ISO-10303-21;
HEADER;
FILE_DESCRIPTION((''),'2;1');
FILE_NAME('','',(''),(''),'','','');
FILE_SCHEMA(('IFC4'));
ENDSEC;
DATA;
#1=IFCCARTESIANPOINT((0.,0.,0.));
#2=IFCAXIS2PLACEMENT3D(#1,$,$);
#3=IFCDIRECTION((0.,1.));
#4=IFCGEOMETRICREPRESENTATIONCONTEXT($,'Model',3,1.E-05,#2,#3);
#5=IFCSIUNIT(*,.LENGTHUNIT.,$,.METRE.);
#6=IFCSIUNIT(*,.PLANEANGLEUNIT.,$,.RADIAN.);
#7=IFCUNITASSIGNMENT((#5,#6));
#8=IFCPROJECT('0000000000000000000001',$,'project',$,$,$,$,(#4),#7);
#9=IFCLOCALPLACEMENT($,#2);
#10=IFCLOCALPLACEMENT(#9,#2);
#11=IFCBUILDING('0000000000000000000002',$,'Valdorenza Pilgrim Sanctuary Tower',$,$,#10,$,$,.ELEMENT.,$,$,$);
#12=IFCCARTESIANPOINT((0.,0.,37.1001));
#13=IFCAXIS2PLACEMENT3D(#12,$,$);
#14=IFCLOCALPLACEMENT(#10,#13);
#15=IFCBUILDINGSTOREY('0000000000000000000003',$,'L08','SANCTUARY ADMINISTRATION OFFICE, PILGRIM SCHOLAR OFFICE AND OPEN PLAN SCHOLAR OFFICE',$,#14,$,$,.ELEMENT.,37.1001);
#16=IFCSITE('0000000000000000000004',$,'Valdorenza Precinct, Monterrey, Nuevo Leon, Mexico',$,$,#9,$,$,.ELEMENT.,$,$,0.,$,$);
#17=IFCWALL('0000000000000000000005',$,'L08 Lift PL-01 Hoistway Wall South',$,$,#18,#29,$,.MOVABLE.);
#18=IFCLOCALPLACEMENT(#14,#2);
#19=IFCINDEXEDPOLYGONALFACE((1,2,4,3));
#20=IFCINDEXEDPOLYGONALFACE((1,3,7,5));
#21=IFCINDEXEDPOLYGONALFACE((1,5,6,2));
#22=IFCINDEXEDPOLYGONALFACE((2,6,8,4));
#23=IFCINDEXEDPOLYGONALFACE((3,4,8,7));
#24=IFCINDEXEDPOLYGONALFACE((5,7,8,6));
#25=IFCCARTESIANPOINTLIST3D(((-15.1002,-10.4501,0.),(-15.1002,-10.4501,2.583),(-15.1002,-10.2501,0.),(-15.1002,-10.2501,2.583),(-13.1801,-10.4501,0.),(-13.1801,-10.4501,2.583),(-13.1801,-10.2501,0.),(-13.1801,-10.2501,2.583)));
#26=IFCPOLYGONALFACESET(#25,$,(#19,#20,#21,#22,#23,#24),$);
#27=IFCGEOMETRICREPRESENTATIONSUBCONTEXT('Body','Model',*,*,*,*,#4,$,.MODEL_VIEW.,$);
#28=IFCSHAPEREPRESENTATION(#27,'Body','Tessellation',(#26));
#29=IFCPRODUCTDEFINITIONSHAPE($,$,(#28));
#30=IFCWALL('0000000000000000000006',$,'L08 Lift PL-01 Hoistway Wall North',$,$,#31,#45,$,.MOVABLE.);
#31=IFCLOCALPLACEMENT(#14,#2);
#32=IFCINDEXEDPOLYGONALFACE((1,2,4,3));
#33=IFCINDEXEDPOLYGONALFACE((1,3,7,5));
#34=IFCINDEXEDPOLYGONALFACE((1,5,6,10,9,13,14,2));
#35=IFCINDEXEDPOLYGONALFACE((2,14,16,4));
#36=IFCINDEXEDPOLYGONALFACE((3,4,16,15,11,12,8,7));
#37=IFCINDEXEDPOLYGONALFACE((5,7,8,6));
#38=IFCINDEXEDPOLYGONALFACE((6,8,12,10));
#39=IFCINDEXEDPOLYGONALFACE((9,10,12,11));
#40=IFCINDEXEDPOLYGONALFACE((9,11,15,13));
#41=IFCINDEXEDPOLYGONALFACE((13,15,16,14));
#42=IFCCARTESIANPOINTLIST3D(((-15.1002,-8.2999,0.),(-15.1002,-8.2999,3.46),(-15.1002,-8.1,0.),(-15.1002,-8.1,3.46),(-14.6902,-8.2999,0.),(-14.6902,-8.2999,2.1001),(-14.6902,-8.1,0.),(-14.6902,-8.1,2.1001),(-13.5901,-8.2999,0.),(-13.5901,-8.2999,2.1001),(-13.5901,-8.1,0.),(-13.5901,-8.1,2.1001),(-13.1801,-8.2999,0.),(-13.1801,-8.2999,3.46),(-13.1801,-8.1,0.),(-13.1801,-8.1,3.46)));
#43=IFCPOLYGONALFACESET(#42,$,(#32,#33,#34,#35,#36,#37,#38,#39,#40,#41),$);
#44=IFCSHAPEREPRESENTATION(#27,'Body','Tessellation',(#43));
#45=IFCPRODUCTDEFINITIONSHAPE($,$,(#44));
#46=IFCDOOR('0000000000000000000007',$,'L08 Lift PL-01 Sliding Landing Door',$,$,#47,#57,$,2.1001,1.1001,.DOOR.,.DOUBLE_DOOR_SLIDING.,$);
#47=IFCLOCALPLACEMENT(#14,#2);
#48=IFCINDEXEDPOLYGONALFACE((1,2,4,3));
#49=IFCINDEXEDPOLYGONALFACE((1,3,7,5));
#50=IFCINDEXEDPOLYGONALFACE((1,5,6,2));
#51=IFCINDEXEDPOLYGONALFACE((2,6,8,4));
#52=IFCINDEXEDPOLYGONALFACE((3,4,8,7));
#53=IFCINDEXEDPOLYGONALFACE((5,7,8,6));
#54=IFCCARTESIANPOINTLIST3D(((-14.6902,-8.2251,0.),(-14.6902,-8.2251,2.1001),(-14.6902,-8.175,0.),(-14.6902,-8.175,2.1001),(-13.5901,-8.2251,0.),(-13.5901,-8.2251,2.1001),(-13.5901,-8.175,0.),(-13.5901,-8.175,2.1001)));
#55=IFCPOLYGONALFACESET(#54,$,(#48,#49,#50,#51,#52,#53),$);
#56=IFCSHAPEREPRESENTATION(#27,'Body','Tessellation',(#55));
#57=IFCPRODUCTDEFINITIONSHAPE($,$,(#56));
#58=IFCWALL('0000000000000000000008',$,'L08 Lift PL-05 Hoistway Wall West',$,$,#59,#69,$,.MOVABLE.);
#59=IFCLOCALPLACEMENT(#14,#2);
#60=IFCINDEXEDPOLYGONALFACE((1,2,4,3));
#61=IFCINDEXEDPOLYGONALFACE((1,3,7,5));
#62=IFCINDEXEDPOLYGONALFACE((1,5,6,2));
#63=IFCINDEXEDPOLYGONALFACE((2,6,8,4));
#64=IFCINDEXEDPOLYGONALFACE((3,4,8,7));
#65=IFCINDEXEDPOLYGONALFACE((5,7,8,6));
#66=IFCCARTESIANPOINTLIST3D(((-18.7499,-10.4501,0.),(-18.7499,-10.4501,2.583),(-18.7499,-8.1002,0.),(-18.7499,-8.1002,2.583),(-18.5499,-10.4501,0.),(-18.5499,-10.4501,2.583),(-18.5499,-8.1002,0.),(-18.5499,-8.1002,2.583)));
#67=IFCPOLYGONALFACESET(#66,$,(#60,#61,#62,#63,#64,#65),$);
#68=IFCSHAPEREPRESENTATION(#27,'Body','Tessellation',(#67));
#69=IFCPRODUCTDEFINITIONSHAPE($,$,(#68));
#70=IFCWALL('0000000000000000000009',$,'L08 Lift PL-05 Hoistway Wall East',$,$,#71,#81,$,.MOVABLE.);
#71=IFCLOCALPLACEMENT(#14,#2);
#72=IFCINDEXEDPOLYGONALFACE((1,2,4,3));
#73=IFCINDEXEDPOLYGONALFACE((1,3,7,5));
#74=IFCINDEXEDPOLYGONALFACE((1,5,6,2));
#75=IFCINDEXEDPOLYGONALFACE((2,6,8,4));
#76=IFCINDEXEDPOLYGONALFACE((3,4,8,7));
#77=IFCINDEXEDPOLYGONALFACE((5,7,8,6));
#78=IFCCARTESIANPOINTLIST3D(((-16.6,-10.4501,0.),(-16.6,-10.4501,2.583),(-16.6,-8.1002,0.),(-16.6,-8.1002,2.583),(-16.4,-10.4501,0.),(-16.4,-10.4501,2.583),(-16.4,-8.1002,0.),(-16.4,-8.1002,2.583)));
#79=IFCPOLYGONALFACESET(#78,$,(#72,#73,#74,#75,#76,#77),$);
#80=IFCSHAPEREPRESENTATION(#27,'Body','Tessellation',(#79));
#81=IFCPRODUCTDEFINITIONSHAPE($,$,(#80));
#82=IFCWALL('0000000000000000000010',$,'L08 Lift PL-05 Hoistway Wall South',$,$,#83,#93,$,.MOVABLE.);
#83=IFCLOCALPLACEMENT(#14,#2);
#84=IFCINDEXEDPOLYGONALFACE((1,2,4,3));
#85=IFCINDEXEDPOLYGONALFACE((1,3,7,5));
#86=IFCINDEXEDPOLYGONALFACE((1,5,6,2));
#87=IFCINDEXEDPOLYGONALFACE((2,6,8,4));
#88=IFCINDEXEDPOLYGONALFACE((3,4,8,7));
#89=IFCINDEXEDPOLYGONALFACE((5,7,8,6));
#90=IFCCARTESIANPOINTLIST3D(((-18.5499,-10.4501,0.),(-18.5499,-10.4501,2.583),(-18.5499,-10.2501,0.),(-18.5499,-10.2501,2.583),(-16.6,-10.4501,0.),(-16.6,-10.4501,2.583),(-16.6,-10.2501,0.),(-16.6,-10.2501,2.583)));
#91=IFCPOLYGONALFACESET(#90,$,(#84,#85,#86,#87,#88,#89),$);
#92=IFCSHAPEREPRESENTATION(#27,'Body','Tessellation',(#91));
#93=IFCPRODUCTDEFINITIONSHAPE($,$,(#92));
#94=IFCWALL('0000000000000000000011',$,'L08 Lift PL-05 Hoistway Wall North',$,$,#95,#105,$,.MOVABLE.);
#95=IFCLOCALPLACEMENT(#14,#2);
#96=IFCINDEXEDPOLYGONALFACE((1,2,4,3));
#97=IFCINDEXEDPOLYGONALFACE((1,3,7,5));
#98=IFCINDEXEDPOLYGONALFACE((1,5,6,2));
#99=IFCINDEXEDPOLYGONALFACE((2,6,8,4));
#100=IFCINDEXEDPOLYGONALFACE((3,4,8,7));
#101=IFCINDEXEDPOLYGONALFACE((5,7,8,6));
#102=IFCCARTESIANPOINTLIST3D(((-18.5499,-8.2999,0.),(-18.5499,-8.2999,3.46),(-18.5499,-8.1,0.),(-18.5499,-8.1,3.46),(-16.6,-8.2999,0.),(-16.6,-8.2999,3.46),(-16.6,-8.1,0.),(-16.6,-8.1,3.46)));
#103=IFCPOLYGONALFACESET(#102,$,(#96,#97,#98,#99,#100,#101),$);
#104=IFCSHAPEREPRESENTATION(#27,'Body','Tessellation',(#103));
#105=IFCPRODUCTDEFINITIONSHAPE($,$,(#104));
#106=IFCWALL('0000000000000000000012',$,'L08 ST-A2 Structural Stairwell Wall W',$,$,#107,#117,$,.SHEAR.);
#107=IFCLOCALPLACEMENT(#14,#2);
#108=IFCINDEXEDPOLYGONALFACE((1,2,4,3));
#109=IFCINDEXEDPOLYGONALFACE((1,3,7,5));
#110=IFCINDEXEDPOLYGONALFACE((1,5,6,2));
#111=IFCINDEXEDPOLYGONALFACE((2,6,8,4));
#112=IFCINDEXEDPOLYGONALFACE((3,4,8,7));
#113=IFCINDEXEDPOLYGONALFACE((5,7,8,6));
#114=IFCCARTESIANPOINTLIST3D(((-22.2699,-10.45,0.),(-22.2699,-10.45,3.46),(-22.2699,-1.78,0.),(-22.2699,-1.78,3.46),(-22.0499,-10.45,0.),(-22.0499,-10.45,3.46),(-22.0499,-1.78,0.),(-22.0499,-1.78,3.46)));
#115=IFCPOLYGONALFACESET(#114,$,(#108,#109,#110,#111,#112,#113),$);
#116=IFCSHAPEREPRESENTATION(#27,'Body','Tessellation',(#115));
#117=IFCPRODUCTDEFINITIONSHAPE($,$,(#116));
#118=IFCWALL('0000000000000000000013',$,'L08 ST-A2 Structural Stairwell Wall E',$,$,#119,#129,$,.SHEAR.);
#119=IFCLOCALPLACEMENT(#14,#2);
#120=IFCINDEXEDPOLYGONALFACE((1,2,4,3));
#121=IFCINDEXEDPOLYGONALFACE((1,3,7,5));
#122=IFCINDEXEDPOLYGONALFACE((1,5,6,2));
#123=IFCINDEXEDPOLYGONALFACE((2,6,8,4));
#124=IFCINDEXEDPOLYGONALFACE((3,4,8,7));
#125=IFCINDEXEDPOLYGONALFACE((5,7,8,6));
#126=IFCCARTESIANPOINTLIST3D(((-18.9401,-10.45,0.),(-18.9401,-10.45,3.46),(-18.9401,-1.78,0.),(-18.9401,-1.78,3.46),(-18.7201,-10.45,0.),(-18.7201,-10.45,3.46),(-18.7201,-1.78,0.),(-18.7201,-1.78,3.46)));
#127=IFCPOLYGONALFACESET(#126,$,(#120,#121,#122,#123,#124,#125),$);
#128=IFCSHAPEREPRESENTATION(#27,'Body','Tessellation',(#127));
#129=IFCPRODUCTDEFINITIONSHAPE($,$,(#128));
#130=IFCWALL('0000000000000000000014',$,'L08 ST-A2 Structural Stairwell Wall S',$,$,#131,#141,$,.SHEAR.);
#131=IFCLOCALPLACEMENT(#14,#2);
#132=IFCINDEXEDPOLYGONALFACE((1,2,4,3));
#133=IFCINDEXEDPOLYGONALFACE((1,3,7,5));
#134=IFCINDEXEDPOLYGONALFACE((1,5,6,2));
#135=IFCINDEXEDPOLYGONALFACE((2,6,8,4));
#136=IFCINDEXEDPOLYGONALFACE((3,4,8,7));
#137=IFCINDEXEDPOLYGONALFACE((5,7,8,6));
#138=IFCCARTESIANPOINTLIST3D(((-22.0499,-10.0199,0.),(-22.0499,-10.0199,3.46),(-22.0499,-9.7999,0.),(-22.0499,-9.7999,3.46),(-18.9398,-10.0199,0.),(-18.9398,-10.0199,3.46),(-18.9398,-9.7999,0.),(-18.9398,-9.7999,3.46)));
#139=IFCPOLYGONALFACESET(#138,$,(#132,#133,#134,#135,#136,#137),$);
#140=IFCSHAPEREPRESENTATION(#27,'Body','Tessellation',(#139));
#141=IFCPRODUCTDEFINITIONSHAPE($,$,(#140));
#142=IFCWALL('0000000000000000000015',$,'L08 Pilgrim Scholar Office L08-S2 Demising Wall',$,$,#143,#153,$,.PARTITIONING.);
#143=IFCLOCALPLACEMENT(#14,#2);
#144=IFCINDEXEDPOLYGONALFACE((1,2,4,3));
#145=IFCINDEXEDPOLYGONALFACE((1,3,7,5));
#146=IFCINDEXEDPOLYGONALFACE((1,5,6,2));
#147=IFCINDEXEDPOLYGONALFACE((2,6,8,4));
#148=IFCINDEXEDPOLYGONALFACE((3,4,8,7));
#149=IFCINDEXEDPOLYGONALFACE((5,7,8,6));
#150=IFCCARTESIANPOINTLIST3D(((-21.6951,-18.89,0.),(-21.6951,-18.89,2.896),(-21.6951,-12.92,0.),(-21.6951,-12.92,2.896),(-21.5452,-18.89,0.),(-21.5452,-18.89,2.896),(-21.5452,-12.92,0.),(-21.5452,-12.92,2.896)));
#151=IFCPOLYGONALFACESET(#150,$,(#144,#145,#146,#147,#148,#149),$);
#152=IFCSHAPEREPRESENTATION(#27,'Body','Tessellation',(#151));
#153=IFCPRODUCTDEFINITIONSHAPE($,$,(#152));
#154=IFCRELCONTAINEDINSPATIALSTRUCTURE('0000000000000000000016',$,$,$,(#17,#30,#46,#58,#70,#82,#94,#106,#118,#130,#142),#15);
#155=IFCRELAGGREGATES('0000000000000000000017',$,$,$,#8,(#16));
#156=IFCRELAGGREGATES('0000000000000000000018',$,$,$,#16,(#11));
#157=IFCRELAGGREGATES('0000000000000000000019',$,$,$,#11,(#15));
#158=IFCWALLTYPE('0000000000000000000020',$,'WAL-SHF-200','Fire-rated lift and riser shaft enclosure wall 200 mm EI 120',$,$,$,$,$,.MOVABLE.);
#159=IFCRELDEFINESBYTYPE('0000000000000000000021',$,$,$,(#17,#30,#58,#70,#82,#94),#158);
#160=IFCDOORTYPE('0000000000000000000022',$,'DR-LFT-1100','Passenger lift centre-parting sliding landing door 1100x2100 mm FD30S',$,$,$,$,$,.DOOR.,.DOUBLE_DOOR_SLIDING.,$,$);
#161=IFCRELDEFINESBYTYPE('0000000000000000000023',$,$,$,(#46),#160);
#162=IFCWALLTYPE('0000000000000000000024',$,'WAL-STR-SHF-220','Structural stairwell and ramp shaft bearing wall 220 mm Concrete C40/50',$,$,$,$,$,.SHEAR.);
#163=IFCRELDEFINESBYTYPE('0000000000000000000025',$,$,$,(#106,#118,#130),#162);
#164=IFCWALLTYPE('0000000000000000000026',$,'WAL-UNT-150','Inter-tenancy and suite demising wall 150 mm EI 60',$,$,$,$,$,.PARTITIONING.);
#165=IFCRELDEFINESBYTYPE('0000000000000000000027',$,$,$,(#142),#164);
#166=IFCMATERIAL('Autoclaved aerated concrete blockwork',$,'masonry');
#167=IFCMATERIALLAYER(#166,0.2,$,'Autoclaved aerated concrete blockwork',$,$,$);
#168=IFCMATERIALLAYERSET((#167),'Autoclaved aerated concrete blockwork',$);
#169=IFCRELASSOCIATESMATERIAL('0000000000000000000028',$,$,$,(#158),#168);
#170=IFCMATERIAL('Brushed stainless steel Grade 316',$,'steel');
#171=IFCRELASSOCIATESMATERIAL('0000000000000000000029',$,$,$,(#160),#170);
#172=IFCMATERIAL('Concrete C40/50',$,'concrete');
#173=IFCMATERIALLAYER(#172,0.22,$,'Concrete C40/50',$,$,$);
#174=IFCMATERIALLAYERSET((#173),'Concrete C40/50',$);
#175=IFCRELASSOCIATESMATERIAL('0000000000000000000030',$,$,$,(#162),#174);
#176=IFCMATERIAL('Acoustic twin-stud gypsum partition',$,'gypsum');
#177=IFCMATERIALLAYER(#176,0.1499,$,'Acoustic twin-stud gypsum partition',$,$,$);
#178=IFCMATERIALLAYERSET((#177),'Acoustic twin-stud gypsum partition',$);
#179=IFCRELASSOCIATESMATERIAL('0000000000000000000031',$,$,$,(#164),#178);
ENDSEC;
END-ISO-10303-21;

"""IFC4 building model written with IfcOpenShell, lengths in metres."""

from ifc_helpers import new_model, si_unit, direction, frame, frame_2d, origin, place, context, subcontext, project, spatial, rectangle, extrude, material, layer, layer_set, type_object, element, fill, save


model = new_model("IFC4")

# Units and contexts
model_context = context("Model", 3, precision=1e-05, world=origin(), true_north=direction((0.0, 1.0)))
body_context = subcontext(model_context, "Body", "Model", "MODEL_VIEW")
ifc_project = project(units=[si_unit("LENGTHUNIT", "METRE"), si_unit("PLANEANGLEUNIT", "RADIAN")], contexts=[model_context])

# Site, building, storey
site_placement = place(None, origin())
site = spatial("IfcSite", under=ifc_project, at=site_placement, Name="Valdorenza Precinct, Monterrey, Nuevo Leon, Mexico", CompositionType="ELEMENT", RefElevation=0.0)
building_placement = place(site_placement, origin())
building = spatial("IfcBuilding", under=site, at=building_placement, Name="Valdorenza Pilgrim Sanctuary Tower", CompositionType="ELEMENT")
storey_placement = place(building_placement, frame((0.0, 0.0, 37.1001)))
storey = spatial("IfcBuildingStorey", under=building, at=storey_placement, Name="L08", Description="SANCTUARY ADMINISTRATION OFFICE, PILGRIM SCHOLAR OFFICE AND OPEN PLAN SCHOLAR OFFICE", CompositionType="ELEMENT", Elevation=37.1001)

# Shared definitions
ifc_material_1 = material(Name="Acoustic twin-stud gypsum partition", Category="gypsum")

# Wall
ifc_material_2 = material(Name="Autoclaved aerated concrete blockwork", Category="masonry")
ifc_layer_1 = layer(ifc_material_2, 0.2, Name="Autoclaved aerated concrete blockwork")
ifc_layer_set_1 = layer_set([ifc_layer_1], Name="Autoclaved aerated concrete blockwork")
wall_type_1 = type_object("IfcWallType", Name="WAL-SHF-200", Description="Fire-rated lift and riser shaft enclosure wall 200 mm EI 120", PredefinedType="MOVABLE", material=ifc_layer_set_1)
wall_1_placement = place(storey_placement, frame((-15.1001, -10.3501, 0.0), z_axis=(0.0, 0.0, 1.0), x_axis=(1.0, 0.0, 0.0)))
element("IfcWall", 1, at=wall_1_placement, inside=storey, type_object=wall_type_1, Name="L08 Lift PL-01 Hoistway Wall South", PredefinedType="MOVABLE", context=body_context, shape_type="SweptSolid", body=[
    extrude(rectangle(XDim=1.9202, YDim=0.2, at=frame_2d((0.96, 0.0))), origin(), (0.0, 0.0, 1.0), 2.583),
])

# Wall, opening, door
wall_2_placement = place(storey_placement, frame((-15.1001, -8.2, 0.0), z_axis=(0.0, 0.0, 1.0), x_axis=(1.0, 0.0, 0.0)))
wall_2 = element("IfcWall", 2, at=wall_2_placement, inside=storey, type_object=wall_type_1, Name="L08 Lift PL-01 Hoistway Wall North", PredefinedType="MOVABLE", context=body_context, shape_type="SweptSolid", body=[
    extrude(rectangle(XDim=1.9202, YDim=0.2, at=frame_2d((0.96, 0.0))), origin(), (0.0, 0.0, 1.0), 3.46),
])
opening_1_placement = place(wall_2_placement, frame((0.4099, 0.0, 0.0)))
opening_1 = element("IfcOpeningElement", 3, at=opening_1_placement, cuts=wall_2, PredefinedType="OPENING", context=body_context, shape_type="SweptSolid", body=[
    extrude(rectangle(XDim=1.1001, YDim=2.1001, at=frame_2d((0.55, 1.05))), frame((0.0, 0.1147, 0.0), z_axis=(0.0, -1.0, 0.0), x_axis=(1.0, 0.0, 0.0)), (0.0, 0.0, 1.0), 0.2297),
])
ifc_material_3 = material(Name="Brushed stainless steel Grade 316", Category="steel")
door_type = type_object("IfcDoorType", Name="DR-LFT-1100", Description="Passenger lift centre-parting sliding landing door 1100x2100 mm FD30S", OperationType="DOUBLE_DOOR_SLIDING", PredefinedType="DOOR", material=ifc_material_3)
door_placement = place(opening_1_placement, origin())
door = element("IfcDoor", 4, at=door_placement, inside=storey, type_object=door_type, Name="L08 Lift PL-01 Sliding Landing Door", OperationType="DOUBLE_DOOR_SLIDING", OverallHeight=2.1001, OverallWidth=1.1001, PredefinedType="DOOR", context=body_context, shape_type="SweptSolid", body=[
    extrude(rectangle(XDim=1.1001, YDim=2.1001, at=frame_2d((0.55, 1.05))), frame((0.0, 0.0249, 0.0), z_axis=(0.0, -1.0, 0.0), x_axis=(1.0, 0.0, 0.0)), (0.0, 0.0, 1.0), 0.05),
])
fill(opening_1, door)

# Walls
for number, where, z_axis, x_axis, name in (
    (5, (-18.6499, -10.45, 0.0), (0.0, 0.0, 1.0), (0.0, 1.0, 0.0), "L08 Lift PL-05 Hoistway Wall West"),
    (6, (-16.5, -10.45, 0.0), (0.0, 0.0, 1.0), (0.0, 1.0, 0.0), "L08 Lift PL-05 Hoistway Wall East"),
):
    element("IfcWall", number, at=place(storey_placement, frame(where, z_axis=z_axis, x_axis=x_axis)), inside=storey, type_object=wall_type_1, Name=name, PredefinedType="MOVABLE", context=body_context, shape_type="SweptSolid", body=[
        extrude(rectangle(XDim=2.3499, YDim=0.2, at=frame_2d((1.1748, 0.0))), origin(), (0.0, 0.0, 1.0), 2.583),
    ])
wall_3_placement = place(storey_placement, frame((-18.55, -10.3501, 0.0), z_axis=(0.0, 0.0, 1.0), x_axis=(1.0, 0.0, 0.0)))
element("IfcWall", 7, at=wall_3_placement, inside=storey, type_object=wall_type_1, Name="L08 Lift PL-05 Hoistway Wall South", PredefinedType="MOVABLE", context=body_context, shape_type="SweptSolid", body=[
    extrude(rectangle(XDim=1.95, YDim=0.2, at=frame_2d((0.9751, 0.0))), origin(), (0.0, 0.0, 1.0), 2.583),
])
wall_4_placement = place(storey_placement, frame((-18.55, -8.2, 0.0), z_axis=(0.0, 0.0, 1.0), x_axis=(1.0, 0.0, 0.0)))
element("IfcWall", 8, at=wall_4_placement, inside=storey, type_object=wall_type_1, Name="L08 Lift PL-05 Hoistway Wall North", PredefinedType="MOVABLE", context=body_context, shape_type="SweptSolid", body=[
    extrude(rectangle(XDim=1.95, YDim=0.2, at=frame_2d((0.9751, 0.0))), origin(), (0.0, 0.0, 1.0), 3.46),
])
ifc_material_4 = material(Name="Concrete C40/50", Category="concrete")
ifc_layer_2 = layer(ifc_material_4, 0.22, Name="Concrete C40/50")
ifc_layer_set_2 = layer_set([ifc_layer_2], Name="Concrete C40/50")
wall_type_2 = type_object("IfcWallType", Name="WAL-STR-SHF-220", Description="Structural stairwell and ramp shaft bearing wall 220 mm Concrete C40/50", PredefinedType="SHEAR", material=ifc_layer_set_2)
for number, where, z_axis, x_axis, name in (
    (9, (-22.1599, -10.45, 0.0), (0.0, 0.0, 1.0), (0.0, 1.0, 0.0), "L08 ST-A2 Structural Stairwell Wall W"),
    (10, (-18.8301, -10.45, 0.0), (0.0, 0.0, 1.0), (0.0, 1.0, 0.0), "L08 ST-A2 Structural Stairwell Wall E"),
):
    element("IfcWall", number, at=place(storey_placement, frame(where, z_axis=z_axis, x_axis=x_axis)), inside=storey, type_object=wall_type_2, Name=name, PredefinedType="SHEAR", context=body_context, shape_type="SweptSolid", body=[
        extrude(rectangle(XDim=8.6699, YDim=0.22, at=frame_2d((4.335, 0.0))), origin(), (0.0, 0.0, 1.0), 3.46),
    ])
wall_5_placement = place(storey_placement, frame((-22.05, -9.9099, 0.0), z_axis=(0.0, 0.0, 1.0), x_axis=(1.0, 0.0, 0.0)))
element("IfcWall", 11, at=wall_5_placement, inside=storey, type_object=wall_type_2, Name="L08 ST-A2 Structural Stairwell Wall S", PredefinedType="SHEAR", context=body_context, shape_type="SweptSolid", body=[
    extrude(rectangle(XDim=3.1101, YDim=0.22, at=frame_2d((1.5552, 0.0))), origin(), (0.0, 0.0, 1.0), 3.46),
])
ifc_layer_3 = layer(ifc_material_1, 0.1499, Name="Acoustic twin-stud gypsum partition")
ifc_layer_set_3 = layer_set([ifc_layer_3], Name="Acoustic twin-stud gypsum partition")
wall_type_3 = type_object("IfcWallType", Name="WAL-UNT-150", Description="Inter-tenancy and suite demising wall 150 mm EI 60", PredefinedType="PARTITIONING", material=ifc_layer_set_3)
wall_6_placement = place(storey_placement, frame((-21.6201, -18.8899, 0.0), z_axis=(0.0, 0.0, 1.0), x_axis=(0.0, 1.0, 0.0)))
element("IfcWall", 12, at=wall_6_placement, inside=storey, type_object=wall_type_3, Name="L08 Pilgrim Scholar Office L08-S2 Demising Wall", PredefinedType="PARTITIONING", context=body_context, shape_type="SweptSolid", body=[
    extrude(rectangle(XDim=5.97, YDim=0.1499, at=frame_2d((2.9849, 0.0))), origin(), (0.0, 0.0, 1.0), 2.896),
])

save(model, "model.ifc")
